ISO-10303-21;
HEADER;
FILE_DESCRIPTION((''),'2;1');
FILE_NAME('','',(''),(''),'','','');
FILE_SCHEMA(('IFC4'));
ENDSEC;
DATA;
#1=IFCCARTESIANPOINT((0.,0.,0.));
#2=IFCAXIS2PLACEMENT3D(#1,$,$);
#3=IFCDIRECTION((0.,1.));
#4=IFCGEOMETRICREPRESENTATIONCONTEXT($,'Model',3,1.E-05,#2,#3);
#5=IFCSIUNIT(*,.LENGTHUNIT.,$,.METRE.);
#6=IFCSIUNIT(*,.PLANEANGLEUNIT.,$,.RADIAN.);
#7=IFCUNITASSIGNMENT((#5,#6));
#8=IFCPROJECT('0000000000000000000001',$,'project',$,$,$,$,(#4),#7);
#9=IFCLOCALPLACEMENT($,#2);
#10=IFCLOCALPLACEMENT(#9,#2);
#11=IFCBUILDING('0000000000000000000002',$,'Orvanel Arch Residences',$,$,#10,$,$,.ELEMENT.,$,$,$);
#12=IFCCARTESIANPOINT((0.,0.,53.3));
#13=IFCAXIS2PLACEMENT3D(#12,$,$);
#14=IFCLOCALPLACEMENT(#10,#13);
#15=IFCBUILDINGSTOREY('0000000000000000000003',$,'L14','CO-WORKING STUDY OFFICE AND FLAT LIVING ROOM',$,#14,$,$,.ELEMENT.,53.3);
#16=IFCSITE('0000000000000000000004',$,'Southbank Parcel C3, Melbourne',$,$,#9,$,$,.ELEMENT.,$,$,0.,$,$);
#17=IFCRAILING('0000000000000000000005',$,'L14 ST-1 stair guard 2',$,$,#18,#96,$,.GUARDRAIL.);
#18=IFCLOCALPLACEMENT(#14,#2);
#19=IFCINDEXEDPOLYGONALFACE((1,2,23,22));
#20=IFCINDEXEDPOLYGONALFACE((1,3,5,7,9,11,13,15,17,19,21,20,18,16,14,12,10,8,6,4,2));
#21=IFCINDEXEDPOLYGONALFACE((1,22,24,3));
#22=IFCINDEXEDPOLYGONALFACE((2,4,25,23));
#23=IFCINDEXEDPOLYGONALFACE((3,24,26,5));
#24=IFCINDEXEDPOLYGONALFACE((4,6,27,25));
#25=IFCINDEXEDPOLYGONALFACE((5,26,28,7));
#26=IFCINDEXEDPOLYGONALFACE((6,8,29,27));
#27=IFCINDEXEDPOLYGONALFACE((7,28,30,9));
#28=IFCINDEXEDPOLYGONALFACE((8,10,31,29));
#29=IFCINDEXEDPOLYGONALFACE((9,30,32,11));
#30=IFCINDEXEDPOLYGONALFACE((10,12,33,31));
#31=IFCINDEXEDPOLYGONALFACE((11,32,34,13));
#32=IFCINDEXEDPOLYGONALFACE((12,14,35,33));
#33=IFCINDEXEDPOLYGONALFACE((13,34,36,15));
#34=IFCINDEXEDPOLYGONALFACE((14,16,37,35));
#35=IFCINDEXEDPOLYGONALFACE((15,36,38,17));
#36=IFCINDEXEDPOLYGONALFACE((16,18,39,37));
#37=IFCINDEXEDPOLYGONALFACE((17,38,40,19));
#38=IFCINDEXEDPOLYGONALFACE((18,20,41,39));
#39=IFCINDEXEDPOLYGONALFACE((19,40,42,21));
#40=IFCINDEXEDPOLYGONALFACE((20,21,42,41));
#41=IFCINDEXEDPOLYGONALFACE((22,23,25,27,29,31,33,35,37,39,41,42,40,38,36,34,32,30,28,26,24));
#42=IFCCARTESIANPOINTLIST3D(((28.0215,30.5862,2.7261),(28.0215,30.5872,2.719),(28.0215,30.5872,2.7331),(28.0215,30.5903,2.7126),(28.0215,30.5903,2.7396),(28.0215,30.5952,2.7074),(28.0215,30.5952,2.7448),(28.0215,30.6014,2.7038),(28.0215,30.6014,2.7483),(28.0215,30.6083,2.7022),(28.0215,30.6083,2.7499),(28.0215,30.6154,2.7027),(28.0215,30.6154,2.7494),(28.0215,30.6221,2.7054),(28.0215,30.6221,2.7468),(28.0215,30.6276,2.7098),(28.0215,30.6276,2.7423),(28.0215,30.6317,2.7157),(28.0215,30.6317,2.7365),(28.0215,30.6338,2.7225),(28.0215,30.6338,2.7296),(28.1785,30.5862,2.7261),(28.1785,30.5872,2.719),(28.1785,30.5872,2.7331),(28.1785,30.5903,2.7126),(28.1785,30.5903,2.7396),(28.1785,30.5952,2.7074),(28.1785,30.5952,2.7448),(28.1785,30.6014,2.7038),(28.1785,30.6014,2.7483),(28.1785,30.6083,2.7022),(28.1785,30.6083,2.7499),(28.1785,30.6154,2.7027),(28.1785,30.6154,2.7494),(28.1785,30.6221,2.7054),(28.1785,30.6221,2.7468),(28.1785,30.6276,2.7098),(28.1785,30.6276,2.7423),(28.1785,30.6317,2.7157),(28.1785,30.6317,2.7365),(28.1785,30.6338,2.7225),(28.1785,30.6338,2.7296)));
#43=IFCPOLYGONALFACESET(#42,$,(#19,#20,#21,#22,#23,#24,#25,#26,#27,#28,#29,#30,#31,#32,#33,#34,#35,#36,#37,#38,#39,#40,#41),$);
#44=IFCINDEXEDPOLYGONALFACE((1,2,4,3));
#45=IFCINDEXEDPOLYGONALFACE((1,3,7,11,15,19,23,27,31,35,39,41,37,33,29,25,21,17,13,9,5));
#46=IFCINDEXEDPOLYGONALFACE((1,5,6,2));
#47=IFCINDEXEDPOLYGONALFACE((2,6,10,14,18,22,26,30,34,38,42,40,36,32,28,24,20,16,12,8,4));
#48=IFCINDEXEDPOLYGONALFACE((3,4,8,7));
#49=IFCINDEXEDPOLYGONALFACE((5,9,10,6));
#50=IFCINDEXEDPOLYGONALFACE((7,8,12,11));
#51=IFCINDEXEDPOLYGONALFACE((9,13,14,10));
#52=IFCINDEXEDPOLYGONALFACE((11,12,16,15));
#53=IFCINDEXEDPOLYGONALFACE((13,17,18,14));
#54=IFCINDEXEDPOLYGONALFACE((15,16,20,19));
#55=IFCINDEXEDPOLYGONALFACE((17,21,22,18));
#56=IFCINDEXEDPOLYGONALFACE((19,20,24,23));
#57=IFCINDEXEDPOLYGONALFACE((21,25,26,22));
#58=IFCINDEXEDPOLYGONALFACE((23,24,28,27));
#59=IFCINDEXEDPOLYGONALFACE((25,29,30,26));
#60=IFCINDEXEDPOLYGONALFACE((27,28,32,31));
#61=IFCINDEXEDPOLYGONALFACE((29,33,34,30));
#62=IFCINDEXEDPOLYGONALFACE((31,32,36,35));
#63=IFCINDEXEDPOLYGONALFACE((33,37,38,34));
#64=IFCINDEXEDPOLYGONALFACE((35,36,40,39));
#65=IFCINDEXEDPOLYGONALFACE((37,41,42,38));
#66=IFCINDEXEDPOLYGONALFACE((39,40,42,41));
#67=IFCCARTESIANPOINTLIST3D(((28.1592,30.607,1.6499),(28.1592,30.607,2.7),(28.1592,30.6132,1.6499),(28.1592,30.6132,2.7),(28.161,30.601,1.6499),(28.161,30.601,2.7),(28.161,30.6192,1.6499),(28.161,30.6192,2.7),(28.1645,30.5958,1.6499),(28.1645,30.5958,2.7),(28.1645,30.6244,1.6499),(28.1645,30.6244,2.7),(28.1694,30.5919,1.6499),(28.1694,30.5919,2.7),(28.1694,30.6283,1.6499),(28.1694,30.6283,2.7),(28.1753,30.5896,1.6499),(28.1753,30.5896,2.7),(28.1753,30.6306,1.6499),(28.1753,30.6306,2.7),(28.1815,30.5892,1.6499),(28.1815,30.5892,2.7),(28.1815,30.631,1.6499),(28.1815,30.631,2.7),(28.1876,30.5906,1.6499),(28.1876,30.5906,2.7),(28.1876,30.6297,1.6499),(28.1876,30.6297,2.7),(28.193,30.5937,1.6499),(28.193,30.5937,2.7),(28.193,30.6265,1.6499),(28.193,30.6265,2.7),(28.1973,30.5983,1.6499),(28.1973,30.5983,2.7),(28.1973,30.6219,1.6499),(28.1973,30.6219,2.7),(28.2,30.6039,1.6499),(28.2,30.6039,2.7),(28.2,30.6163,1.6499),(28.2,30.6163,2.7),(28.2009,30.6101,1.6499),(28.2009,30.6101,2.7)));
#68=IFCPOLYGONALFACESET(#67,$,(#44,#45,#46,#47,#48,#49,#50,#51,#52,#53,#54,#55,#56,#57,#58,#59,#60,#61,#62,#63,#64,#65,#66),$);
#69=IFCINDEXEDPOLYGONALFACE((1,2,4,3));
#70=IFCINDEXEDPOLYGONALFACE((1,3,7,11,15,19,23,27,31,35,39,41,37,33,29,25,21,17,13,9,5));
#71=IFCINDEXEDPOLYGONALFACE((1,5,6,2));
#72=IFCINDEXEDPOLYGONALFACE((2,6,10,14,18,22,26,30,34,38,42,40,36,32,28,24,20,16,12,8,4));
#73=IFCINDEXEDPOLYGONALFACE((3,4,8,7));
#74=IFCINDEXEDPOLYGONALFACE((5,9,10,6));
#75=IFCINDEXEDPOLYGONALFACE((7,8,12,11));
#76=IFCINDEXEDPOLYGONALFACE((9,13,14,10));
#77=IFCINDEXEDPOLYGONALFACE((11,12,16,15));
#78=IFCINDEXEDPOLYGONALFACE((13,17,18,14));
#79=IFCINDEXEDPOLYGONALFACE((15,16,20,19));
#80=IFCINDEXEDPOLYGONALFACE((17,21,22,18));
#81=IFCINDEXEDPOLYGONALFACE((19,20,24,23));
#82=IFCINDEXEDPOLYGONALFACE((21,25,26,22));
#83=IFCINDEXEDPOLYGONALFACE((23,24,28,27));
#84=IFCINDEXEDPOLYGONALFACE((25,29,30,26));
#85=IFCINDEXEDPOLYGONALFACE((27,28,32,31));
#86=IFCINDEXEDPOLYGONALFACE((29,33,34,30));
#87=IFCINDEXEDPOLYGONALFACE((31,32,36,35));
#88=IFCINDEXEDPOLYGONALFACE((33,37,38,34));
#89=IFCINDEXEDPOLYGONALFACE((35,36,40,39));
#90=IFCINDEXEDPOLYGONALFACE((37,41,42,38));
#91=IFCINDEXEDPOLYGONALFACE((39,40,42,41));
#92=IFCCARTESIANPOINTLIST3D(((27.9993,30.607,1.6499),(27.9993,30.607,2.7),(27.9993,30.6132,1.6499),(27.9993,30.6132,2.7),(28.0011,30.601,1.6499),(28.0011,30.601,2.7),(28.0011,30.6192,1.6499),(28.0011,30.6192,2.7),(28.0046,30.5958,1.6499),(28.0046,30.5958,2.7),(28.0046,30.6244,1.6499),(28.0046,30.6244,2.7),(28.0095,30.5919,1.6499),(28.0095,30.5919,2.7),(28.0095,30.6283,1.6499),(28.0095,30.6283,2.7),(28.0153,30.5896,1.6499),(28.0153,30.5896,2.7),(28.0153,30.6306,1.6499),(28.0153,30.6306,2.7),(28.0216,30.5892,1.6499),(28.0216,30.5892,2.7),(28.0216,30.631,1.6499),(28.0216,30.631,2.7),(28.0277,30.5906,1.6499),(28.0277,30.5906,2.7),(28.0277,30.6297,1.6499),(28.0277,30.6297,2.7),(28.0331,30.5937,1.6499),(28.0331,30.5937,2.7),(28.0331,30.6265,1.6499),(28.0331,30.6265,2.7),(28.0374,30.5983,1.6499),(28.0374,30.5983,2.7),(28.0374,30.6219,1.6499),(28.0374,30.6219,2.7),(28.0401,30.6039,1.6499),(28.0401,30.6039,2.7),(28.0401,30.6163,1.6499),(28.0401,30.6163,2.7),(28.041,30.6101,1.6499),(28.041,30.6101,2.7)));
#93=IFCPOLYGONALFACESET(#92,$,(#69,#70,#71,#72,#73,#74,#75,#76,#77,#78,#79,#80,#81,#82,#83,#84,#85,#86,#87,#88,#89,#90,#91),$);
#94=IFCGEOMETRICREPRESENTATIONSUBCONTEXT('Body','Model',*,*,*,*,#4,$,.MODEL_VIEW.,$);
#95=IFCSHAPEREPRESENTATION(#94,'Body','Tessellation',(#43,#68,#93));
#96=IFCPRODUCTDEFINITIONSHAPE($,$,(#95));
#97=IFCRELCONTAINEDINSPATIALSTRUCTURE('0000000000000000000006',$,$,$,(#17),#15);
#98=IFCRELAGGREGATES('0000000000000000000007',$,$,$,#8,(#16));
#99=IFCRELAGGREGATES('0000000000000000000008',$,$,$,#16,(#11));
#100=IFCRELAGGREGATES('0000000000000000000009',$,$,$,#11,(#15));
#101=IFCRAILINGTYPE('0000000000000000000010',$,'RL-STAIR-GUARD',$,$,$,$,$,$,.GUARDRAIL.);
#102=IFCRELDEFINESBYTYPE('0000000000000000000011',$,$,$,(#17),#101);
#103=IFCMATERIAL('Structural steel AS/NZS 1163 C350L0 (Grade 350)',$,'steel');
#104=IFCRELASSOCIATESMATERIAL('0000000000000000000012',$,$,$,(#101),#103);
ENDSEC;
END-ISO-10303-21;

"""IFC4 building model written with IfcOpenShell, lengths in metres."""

from ifc_helpers import new_model, si_unit, direction, frame, origin, origin_2d, place, context, subcontext, project, spatial, circle, extrude, material, type_object, element, save


model = new_model("IFC4")

# Units and contexts
model_context = context("Model", 3, precision=1e-05, world=origin(), true_north=direction((0.0, 1.0)))
body_context = subcontext(model_context, "Body", "Model", "MODEL_VIEW")
ifc_project = project(units=[si_unit("LENGTHUNIT", "METRE"), si_unit("PLANEANGLEUNIT", "RADIAN")], contexts=[model_context])

# Site, building, storey
site_placement = place(None, origin())
site = spatial("IfcSite", under=ifc_project, at=site_placement, Name="Southbank Parcel C3, Melbourne", CompositionType="ELEMENT", RefElevation=0.0)
building_placement = place(site_placement, origin())
building = spatial("IfcBuilding", under=site, at=building_placement, Name="Orvanel Arch Residences", CompositionType="ELEMENT")
storey_placement = place(building_placement, frame((0.0, 0.0, 53.3)))
storey = spatial("IfcBuildingStorey", under=building, at=storey_placement, Name="L14", Description="CO-WORKING STUDY OFFICE AND FLAT LIVING ROOM", CompositionType="ELEMENT", Elevation=53.3)

# Railing
ifc_material_1 = material(Name="Structural steel AS/NZS 1163 C350L0 (Grade 350)", Category="steel")
railing_type_1 = type_object("IfcRailingType", Name="RL-STAIR-GUARD", PredefinedType="GUARDRAIL", material=ifc_material_1)
railing_1_placement = place(storey_placement, frame((28.1799, 30.6101, 1.6499)))
element("IfcRailing", 1, at=railing_1_placement, inside=storey, type_object=railing_type_1, Name="L14 ST-1 stair guard 2", PredefinedType="GUARDRAIL", context=body_context, shape_type="SweptSolid", body=[
    extrude(circle(Radius=0.0239, at=origin_2d()), frame((-0.0015, 0.0, 1.0762), z_axis=(-1.0, 0.0, 0.0), x_axis=(0.0, -1.0, 0.0)), (0.0, 0.0, 1.0), 0.157),
    extrude(circle(Radius=0.021, at=origin_2d()), origin(), (0.0, 0.0, 1.0), 1.05),
    extrude(circle(Radius=0.021, at=origin_2d()), frame((-0.1599, 0.0, 0.0)), (0.0, 0.0, 1.0), 1.05),
])

save(model, "model.ifc")
